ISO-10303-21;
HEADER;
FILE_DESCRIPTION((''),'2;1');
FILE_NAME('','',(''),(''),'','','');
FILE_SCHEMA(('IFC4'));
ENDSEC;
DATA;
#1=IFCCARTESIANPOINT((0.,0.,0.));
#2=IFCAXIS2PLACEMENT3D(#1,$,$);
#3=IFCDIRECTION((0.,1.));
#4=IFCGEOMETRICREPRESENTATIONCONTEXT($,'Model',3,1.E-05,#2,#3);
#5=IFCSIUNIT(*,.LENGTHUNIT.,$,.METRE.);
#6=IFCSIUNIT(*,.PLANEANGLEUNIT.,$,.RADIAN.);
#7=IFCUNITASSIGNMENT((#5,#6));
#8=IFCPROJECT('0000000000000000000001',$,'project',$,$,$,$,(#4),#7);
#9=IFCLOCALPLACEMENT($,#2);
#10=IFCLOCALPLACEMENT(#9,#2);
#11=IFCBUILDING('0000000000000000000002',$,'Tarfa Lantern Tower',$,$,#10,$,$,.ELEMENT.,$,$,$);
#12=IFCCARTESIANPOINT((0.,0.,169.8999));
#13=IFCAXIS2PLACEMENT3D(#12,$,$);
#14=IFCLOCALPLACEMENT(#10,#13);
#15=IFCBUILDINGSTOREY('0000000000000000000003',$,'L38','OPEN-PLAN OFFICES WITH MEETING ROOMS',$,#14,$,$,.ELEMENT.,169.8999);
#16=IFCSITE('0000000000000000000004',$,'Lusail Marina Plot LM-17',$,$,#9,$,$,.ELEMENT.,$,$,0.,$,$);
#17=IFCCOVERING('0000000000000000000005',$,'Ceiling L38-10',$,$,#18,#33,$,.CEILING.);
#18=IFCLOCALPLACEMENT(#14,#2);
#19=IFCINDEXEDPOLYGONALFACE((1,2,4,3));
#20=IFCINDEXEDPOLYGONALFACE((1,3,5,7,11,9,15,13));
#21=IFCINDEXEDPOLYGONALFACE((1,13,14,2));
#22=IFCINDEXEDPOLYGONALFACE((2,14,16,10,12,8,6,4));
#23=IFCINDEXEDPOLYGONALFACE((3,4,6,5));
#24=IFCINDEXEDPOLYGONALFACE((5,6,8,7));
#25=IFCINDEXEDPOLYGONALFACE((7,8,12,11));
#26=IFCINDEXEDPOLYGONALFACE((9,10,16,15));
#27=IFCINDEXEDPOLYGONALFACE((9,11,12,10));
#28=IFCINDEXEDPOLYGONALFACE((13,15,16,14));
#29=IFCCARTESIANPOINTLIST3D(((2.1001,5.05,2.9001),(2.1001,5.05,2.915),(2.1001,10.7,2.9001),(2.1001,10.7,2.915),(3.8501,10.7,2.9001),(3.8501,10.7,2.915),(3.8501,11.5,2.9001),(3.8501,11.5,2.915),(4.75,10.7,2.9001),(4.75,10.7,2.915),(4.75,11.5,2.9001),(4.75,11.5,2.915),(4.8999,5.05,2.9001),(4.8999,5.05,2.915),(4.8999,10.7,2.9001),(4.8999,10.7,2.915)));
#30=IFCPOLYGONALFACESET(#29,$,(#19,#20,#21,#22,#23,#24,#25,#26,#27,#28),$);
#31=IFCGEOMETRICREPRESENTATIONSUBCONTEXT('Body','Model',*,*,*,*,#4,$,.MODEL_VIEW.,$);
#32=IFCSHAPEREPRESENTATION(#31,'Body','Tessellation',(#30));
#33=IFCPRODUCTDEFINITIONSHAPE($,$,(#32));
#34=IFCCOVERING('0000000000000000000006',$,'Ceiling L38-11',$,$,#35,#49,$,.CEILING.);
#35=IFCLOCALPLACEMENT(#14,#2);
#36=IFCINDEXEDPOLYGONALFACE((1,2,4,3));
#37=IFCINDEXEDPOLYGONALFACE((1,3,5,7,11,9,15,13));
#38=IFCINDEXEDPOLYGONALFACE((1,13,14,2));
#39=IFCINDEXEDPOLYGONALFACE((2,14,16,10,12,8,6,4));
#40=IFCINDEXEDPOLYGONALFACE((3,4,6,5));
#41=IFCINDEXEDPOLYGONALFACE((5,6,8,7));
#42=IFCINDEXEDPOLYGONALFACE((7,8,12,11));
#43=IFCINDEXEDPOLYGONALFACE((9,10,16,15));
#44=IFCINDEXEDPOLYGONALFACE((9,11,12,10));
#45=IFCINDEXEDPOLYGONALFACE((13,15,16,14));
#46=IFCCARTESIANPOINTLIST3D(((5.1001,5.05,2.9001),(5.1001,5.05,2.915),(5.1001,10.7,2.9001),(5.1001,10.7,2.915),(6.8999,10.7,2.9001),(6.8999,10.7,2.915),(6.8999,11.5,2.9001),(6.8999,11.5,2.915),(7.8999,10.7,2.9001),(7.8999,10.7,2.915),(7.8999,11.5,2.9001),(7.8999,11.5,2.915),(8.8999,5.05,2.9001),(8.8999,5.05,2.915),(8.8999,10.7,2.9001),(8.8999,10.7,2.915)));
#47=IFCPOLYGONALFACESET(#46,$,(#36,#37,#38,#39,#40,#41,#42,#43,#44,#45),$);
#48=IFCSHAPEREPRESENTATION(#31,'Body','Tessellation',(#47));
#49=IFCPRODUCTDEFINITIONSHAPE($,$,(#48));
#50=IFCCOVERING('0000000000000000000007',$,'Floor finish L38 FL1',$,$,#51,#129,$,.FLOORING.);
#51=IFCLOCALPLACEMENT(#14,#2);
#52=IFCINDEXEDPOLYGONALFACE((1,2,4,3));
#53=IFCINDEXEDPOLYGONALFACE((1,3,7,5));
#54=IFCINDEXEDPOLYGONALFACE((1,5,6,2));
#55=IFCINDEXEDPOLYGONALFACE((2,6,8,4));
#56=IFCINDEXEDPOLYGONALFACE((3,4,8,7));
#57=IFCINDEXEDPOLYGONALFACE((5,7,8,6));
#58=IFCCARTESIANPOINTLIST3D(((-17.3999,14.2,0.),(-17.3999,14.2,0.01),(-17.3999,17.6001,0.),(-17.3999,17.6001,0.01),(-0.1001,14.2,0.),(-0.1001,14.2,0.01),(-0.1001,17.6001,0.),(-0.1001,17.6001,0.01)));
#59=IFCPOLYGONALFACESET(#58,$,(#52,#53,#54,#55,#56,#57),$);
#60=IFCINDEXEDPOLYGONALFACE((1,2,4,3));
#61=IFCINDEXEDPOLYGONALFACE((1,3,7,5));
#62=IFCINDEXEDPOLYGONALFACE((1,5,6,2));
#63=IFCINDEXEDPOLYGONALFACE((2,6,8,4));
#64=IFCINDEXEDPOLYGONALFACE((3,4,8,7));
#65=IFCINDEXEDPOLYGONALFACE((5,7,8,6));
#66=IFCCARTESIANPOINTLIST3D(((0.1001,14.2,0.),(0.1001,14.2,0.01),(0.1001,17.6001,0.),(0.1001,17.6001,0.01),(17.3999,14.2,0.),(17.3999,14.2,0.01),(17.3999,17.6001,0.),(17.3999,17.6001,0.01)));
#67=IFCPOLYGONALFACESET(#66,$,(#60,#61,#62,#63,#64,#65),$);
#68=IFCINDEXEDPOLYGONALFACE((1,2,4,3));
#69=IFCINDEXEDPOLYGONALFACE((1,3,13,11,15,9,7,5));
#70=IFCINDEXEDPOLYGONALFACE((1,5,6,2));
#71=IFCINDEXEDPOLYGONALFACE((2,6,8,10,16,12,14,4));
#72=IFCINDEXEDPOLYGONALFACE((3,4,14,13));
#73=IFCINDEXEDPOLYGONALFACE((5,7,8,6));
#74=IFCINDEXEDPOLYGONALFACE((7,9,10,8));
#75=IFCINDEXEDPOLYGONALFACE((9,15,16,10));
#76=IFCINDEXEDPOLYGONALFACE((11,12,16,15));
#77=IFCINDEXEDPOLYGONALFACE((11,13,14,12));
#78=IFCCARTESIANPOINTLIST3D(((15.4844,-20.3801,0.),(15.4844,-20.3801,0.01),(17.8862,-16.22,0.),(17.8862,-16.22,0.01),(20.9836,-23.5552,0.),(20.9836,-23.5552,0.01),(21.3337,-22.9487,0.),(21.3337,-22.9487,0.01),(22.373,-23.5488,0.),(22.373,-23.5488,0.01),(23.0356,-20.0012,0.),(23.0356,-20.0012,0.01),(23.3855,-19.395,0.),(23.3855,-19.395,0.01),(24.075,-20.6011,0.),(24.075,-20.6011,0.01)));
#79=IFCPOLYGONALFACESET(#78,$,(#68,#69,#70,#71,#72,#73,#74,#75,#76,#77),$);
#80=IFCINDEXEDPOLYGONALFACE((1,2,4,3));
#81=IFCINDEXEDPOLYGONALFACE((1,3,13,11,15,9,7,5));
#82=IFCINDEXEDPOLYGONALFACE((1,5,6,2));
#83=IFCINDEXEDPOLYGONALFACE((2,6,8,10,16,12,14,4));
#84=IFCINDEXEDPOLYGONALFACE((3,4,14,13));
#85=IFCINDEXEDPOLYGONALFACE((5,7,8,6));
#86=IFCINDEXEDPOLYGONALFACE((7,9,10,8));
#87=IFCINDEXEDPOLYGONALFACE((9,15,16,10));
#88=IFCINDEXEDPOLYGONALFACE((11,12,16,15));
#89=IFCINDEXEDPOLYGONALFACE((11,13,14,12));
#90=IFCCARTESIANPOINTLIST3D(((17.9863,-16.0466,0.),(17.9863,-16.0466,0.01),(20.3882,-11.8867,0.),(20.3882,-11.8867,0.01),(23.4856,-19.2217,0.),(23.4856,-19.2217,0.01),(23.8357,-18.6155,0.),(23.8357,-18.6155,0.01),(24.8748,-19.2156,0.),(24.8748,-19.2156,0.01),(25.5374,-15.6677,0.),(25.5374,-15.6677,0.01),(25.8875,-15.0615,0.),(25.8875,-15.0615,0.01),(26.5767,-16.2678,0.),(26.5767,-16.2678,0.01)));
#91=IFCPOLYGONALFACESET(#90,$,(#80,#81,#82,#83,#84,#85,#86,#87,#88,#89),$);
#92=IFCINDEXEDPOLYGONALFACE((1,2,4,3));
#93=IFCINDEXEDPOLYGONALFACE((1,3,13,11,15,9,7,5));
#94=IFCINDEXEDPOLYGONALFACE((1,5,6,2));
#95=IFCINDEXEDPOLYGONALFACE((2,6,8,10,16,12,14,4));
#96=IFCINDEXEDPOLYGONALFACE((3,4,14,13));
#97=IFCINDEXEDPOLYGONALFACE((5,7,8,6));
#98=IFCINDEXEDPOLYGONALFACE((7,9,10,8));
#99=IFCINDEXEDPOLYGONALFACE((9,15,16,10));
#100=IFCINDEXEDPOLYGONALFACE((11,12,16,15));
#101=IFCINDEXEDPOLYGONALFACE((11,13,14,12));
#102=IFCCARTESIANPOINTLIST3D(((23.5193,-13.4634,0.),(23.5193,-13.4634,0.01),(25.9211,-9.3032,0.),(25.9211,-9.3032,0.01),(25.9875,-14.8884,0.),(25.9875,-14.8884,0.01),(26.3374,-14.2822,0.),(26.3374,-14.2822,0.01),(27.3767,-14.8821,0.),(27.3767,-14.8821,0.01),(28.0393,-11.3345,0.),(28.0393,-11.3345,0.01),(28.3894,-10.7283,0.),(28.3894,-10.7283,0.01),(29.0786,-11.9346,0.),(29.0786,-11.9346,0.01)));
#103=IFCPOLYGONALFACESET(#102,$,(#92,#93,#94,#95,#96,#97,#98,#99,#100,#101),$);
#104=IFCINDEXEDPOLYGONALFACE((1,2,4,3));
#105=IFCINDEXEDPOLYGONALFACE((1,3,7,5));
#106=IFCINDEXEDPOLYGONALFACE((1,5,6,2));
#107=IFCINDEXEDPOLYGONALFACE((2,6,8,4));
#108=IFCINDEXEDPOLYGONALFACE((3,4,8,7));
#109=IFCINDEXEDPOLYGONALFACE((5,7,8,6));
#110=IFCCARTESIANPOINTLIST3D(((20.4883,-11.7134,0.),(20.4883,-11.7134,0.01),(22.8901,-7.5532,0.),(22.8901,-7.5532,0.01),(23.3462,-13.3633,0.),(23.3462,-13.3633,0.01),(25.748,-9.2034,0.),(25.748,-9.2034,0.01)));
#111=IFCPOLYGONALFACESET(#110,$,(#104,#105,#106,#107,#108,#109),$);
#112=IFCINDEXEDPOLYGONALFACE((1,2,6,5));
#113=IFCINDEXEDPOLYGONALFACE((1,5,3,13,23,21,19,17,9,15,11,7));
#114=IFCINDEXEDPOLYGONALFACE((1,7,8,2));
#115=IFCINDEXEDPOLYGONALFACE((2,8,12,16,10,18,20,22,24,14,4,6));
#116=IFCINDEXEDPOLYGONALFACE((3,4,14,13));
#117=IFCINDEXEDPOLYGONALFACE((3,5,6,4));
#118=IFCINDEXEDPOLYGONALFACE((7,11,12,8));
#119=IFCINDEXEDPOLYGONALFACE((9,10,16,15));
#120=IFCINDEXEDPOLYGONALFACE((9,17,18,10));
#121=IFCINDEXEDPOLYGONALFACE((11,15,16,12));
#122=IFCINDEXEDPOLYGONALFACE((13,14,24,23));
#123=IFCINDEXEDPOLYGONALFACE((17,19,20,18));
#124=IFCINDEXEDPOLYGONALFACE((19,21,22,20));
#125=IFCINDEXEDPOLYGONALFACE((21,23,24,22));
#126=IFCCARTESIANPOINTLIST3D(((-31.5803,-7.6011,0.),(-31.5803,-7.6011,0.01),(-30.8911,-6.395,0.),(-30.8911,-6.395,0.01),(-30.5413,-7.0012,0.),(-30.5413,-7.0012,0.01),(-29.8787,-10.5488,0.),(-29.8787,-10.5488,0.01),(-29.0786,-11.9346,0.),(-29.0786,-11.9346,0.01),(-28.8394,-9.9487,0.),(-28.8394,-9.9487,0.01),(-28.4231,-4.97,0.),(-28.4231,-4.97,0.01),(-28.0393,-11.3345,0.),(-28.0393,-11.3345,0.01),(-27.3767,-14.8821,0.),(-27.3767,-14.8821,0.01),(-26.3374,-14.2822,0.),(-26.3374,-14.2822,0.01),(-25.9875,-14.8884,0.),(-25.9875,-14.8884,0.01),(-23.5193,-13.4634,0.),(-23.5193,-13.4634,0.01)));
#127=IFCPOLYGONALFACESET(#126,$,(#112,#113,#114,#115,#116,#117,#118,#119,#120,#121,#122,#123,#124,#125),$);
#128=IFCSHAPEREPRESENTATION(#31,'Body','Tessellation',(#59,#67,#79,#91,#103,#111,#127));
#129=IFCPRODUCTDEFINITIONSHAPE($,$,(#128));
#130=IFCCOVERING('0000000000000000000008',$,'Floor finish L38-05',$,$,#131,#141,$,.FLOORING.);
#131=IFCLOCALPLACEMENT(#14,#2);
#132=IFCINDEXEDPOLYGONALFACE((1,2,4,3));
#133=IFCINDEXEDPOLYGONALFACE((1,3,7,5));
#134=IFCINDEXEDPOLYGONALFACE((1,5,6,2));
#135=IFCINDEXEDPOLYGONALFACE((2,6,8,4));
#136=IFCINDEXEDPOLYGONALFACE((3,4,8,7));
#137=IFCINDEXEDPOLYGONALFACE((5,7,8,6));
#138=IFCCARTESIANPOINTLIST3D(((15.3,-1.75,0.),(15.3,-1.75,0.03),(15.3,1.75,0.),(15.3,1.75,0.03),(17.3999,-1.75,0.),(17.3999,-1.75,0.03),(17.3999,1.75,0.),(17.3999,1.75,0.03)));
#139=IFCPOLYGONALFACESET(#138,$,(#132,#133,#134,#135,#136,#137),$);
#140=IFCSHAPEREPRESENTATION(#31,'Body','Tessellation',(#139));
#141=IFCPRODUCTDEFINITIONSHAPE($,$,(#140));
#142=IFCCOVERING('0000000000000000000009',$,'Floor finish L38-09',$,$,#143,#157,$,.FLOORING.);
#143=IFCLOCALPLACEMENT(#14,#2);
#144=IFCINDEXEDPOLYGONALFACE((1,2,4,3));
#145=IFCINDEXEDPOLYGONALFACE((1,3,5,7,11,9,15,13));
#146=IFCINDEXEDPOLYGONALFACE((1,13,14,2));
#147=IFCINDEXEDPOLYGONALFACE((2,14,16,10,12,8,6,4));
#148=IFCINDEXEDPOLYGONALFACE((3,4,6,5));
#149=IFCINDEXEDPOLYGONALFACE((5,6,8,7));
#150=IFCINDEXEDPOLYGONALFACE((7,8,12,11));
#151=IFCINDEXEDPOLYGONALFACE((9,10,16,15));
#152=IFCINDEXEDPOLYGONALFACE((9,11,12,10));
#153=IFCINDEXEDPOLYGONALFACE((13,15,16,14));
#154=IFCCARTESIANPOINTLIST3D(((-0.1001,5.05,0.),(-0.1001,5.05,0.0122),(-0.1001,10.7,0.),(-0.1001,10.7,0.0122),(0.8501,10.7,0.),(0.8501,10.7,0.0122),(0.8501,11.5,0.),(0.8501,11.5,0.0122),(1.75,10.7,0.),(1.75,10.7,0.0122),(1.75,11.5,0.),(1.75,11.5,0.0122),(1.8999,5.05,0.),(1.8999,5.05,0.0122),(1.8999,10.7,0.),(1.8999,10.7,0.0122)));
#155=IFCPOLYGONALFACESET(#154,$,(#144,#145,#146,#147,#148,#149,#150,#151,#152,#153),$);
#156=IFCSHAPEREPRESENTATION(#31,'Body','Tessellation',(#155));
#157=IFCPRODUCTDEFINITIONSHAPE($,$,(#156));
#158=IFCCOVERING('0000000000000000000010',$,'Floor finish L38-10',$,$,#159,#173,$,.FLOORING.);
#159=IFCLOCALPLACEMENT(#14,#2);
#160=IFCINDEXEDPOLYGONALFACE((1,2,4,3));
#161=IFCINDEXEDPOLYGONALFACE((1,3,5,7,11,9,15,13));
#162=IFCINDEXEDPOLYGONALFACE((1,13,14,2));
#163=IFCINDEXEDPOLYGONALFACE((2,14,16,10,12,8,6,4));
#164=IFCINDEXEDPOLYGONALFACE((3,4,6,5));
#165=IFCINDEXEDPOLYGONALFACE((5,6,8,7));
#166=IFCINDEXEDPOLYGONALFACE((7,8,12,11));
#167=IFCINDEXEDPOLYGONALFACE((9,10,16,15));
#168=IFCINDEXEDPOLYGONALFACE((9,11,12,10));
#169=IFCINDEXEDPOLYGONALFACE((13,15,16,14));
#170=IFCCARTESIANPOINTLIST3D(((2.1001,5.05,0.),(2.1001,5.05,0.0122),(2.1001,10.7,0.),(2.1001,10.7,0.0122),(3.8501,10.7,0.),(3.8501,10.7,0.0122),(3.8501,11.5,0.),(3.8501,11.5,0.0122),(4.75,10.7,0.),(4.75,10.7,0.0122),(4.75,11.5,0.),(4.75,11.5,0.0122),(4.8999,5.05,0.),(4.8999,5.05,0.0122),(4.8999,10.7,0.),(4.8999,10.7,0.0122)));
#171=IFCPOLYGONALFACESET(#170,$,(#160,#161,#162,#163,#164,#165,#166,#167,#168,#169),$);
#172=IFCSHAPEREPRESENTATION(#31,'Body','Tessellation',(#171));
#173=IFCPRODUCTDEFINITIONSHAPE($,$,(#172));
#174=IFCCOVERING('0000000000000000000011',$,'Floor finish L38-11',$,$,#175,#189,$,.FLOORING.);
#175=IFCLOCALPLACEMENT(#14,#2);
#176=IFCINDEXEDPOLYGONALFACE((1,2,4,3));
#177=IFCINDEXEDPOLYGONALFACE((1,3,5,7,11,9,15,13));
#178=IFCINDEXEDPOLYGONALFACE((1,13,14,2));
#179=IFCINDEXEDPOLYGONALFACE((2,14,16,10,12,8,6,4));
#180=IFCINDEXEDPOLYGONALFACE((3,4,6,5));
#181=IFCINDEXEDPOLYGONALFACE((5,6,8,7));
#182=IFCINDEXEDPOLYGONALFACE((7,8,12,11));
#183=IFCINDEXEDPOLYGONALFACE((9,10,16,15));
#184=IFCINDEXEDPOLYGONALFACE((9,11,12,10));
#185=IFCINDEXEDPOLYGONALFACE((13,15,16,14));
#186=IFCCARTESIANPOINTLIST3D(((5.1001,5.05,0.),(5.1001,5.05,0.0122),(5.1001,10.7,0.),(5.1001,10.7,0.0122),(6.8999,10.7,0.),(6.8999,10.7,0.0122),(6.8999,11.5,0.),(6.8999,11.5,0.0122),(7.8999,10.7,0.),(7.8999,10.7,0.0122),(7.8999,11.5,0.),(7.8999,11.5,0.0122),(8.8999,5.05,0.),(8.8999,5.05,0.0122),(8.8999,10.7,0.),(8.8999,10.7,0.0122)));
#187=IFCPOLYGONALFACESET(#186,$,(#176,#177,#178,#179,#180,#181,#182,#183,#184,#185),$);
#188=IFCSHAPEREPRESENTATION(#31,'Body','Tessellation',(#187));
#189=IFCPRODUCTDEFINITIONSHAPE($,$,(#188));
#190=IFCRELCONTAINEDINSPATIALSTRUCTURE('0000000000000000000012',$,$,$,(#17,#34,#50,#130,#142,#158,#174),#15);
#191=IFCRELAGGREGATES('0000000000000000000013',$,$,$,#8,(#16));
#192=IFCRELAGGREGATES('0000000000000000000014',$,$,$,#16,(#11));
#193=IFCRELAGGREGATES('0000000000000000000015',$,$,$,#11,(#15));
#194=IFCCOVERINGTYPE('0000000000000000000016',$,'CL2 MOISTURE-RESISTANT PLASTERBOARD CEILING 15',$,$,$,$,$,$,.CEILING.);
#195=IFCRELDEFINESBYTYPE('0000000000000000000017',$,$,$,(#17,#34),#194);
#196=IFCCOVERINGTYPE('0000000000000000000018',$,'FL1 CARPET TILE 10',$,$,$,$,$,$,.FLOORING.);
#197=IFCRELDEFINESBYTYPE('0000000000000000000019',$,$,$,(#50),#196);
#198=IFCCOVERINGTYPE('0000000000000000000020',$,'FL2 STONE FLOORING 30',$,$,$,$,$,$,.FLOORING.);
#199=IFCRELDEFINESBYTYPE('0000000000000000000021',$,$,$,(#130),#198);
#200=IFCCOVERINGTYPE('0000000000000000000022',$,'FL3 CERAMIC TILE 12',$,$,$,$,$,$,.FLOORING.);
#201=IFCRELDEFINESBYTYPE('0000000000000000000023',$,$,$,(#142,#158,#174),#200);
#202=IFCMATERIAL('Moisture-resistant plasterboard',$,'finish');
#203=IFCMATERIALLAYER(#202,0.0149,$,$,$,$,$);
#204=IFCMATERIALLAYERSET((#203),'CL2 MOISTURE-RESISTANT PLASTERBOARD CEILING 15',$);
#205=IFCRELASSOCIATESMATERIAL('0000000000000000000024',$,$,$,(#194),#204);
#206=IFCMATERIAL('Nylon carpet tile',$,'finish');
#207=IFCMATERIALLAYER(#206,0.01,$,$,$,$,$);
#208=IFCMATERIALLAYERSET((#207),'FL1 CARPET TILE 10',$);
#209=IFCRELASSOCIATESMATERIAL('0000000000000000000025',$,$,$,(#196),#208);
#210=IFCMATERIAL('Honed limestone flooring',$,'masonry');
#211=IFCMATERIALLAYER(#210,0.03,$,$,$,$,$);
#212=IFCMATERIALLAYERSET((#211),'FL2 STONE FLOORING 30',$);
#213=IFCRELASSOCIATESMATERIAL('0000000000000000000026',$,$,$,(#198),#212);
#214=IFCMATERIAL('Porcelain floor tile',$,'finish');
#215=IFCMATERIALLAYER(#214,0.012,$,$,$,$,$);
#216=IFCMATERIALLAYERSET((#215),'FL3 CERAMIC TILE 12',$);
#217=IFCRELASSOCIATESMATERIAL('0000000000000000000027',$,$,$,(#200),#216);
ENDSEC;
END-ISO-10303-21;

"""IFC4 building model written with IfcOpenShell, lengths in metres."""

from ifc_helpers import new_model, si_unit, direction, frame, origin, place, context, subcontext, project, spatial, polyline, outline, extrude, material, layer, layer_set, type_object, element, save


model = new_model("IFC4")

# Units and contexts
model_context = context("Model", 3, precision=1e-05, world=origin(), true_north=direction((0.0, 1.0)))
body_context = subcontext(model_context, "Body", "Model", "MODEL_VIEW")
ifc_project = project(units=[si_unit("LENGTHUNIT", "METRE"), si_unit("PLANEANGLEUNIT", "RADIAN")], contexts=[model_context])

# Site, building, storey
site_placement = place(None, origin())
site = spatial("IfcSite", under=ifc_project, at=site_placement, Name="Lusail Marina Plot LM-17", CompositionType="ELEMENT", RefElevation=0.0)
building_placement = place(site_placement, origin())
building = spatial("IfcBuilding", under=site, at=building_placement, Name="Tarfa Lantern Tower", CompositionType="ELEMENT")
storey_placement = place(building_placement, frame((0.0, 0.0, 169.8999)))
storey = spatial("IfcBuildingStorey", under=building, at=storey_placement, Name="L38", Description="OPEN-PLAN OFFICES WITH MEETING ROOMS", CompositionType="ELEMENT", Elevation=169.8999)

# Coverings
ifc_material_1 = material(Name="Moisture-resistant plasterboard", Category="finish")
ifc_layer_1 = layer(ifc_material_1, 0.0149)
ifc_layer_set_1 = layer_set([ifc_layer_1], Name="CL2 MOISTURE-RESISTANT PLASTERBOARD CEILING 15")
covering_type_1 = type_object("IfcCoveringType", Name="CL2 MOISTURE-RESISTANT PLASTERBOARD CEILING 15", PredefinedType="CEILING", material=ifc_layer_set_1)
covering_1_placement = place(storey_placement, frame((0.0, 0.0, 2.9001)))
element("IfcCovering", 1, at=covering_1_placement, inside=storey, type_object=covering_type_1, Name="Ceiling L38-10", PredefinedType="CEILING", context=body_context, shape_type="SweptSolid", body=[
    extrude(outline(polyline([(2.1001, 5.05), (4.8999, 5.05), (4.8999, 10.7), (4.75, 10.7), (4.75, 11.5), (3.8501, 11.5), (3.8501, 10.7), (2.1001, 10.7), (2.1001, 5.05)])), origin(), (0.0, 0.0, 1.0), 0.0149),
])
covering_2_placement = place(storey_placement, frame((0.0, 0.0, 2.9001)))
element("IfcCovering", 2, at=covering_2_placement, inside=storey, type_object=covering_type_1, Name="Ceiling L38-11", PredefinedType="CEILING", context=body_context, shape_type="SweptSolid", body=[
    extrude(outline(polyline([(5.1001, 5.05), (8.8999, 5.05), (8.8999, 10.7), (7.8999, 10.7), (7.8999, 11.5), (6.8999, 11.5), (6.8999, 10.7), (5.1001, 10.7), (5.1001, 5.05)])), origin(), (0.0, 0.0, 1.0), 0.0149),
])
ifc_material_2 = material(Name="Nylon carpet tile", Category="finish")
ifc_layer_2 = layer(ifc_material_2, 0.01)
ifc_layer_set_2 = layer_set([ifc_layer_2], Name="FL1 CARPET TILE 10")
covering_type_2 = type_object("IfcCoveringType", Name="FL1 CARPET TILE 10", PredefinedType="FLOORING", material=ifc_layer_set_2)
covering_3_placement = place(storey_placement, origin())
element("IfcCovering", 3, at=covering_3_placement, inside=storey, type_object=covering_type_2, Name="Floor finish L38 FL1", PredefinedType="FLOORING", context=body_context, shape_type="SweptSolid", body=[
    extrude(outline(polyline([(-17.3999, 17.6001), (-0.1001, 17.6001), (-0.1001, 14.2), (-17.3999, 14.2), (-17.3999, 17.6001)])), origin(), (0.0, 0.0, 1.0), 0.01),
    extrude(outline(polyline([(0.1001, 17.6001), (17.3999, 17.6001), (17.3999, 14.2), (0.1001, 14.2), (0.1001, 17.6001)])), origin(), (0.0, 0.0, 1.0), 0.01),
    extrude(outline(polyline([(17.8862, -16.22), (23.3855, -19.395), (23.0356, -20.0012), (24.075, -20.6011), (22.373, -23.5488), (21.3337, -22.9487), (20.9836, -23.5552), (15.4844, -20.3801), (17.8862, -16.22)])), origin(), (0.0, 0.0, 1.0), 0.01),
    extrude(outline(polyline([(20.3882, -11.8867), (25.8875, -15.0615), (25.5374, -15.6677), (26.5767, -16.2678), (24.8748, -19.2156), (23.8357, -18.6155), (23.4856, -19.2217), (17.9863, -16.0466), (20.3882, -11.8867)])), origin(), (0.0, 0.0, 1.0), 0.01),
    extrude(outline(polyline([(25.9211, -9.3032), (28.3894, -10.7283), (28.0393, -11.3345), (29.0786, -11.9346), (27.3767, -14.8821), (26.3374, -14.2822), (25.9875, -14.8884), (23.5193, -13.4634), (25.9211, -9.3032)])), origin(), (0.0, 0.0, 1.0), 0.01),
    extrude(outline(polyline([(22.8901, -7.5532), (25.748, -9.2034), (23.3462, -13.3633), (20.4883, -11.7134), (22.8901, -7.5532)])), origin(), (0.0, 0.0, 1.0), 0.01),
    extrude(outline(polyline([(-23.5193, -13.4634), (-25.9875, -14.8884), (-26.3374, -14.2822), (-27.3767, -14.8821), (-29.0786, -11.9346), (-28.0393, -11.3345), (-28.8394, -9.9487), (-29.8787, -10.5488), (-31.5803, -7.6011), (-30.5413, -7.0012), (-30.8911, -6.395), (-28.4231, -4.97), (-23.5193, -13.4634)])), origin(), (0.0, 0.0, 1.0), 0.01),
])
ifc_material_3 = material(Name="Honed limestone flooring", Category="masonry")
ifc_layer_3 = layer(ifc_material_3, 0.03)
ifc_layer_set_3 = layer_set([ifc_layer_3], Name="FL2 STONE FLOORING 30")
covering_type_3 = type_object("IfcCoveringType", Name="FL2 STONE FLOORING 30", PredefinedType="FLOORING", material=ifc_layer_set_3)
covering_4_placement = place(storey_placement, origin())
element("IfcCovering", 4, at=covering_4_placement, inside=storey, type_object=covering_type_3, Name="Floor finish L38-05", PredefinedType="FLOORING", context=body_context, shape_type="SweptSolid", body=[
    extrude(outline(polyline([(15.3, -1.75), (17.3999, -1.75), (17.3999, 1.75), (15.3, 1.75), (15.3, -1.75)])), origin(), (0.0, 0.0, 1.0), 0.03),
])
ifc_material_4 = material(Name="Porcelain floor tile", Category="finish")
ifc_layer_4 = layer(ifc_material_4, 0.012)
ifc_layer_set_4 = layer_set([ifc_layer_4], Name="FL3 CERAMIC TILE 12")
covering_type_4 = type_object("IfcCoveringType", Name="FL3 CERAMIC TILE 12", PredefinedType="FLOORING", material=ifc_layer_set_4)
covering_5_placement = place(storey_placement, origin())
element("IfcCovering", 5, at=covering_5_placement, inside=storey, type_object=covering_type_4, Name="Floor finish L38-09", PredefinedType="FLOORING", context=body_context, shape_type="SweptSolid", body=[
    extrude(outline(polyline([(0.8501, 10.7), (-0.1001, 10.7), (-0.1001, 5.05), (1.8999, 5.05), (1.8999, 10.7), (1.75, 10.7), (1.75, 11.5), (1.75, 11.5), (0.8501, 11.5), (0.8501, 10.7)])), origin(), (0.0, 0.0, 1.0), 0.0122),
])
covering_6_placement = place(storey_placement, origin())
element("IfcCovering", 6, at=covering_6_placement, inside=storey, type_object=covering_type_4, Name="Floor finish L38-10", PredefinedType="FLOORING", context=body_context, shape_type="SweptSolid", body=[
    extrude(outline(polyline([(2.1001, 5.05), (4.8999, 5.05), (4.8999, 10.7), (4.75, 10.7), (4.75, 11.5), (3.8501, 11.5), (3.8501, 10.7), (2.1001, 10.7), (2.1001, 5.05)])), origin(), (0.0, 0.0, 1.0), 0.0122),
])
covering_7_placement = place(storey_placement, origin())
element("IfcCovering", 7, at=covering_7_placement, inside=storey, type_object=covering_type_4, Name="Floor finish L38-11", PredefinedType="FLOORING", context=body_context, shape_type="SweptSolid", body=[
    extrude(outline(polyline([(5.1001, 5.05), (8.8999, 5.05), (8.8999, 10.7), (7.8999, 10.7), (7.8999, 11.5), (6.8999, 11.5), (6.8999, 10.7), (5.1001, 10.7), (5.1001, 5.05)])), origin(), (0.0, 0.0, 1.0), 0.0122),
])

save(model, "model.ifc")
